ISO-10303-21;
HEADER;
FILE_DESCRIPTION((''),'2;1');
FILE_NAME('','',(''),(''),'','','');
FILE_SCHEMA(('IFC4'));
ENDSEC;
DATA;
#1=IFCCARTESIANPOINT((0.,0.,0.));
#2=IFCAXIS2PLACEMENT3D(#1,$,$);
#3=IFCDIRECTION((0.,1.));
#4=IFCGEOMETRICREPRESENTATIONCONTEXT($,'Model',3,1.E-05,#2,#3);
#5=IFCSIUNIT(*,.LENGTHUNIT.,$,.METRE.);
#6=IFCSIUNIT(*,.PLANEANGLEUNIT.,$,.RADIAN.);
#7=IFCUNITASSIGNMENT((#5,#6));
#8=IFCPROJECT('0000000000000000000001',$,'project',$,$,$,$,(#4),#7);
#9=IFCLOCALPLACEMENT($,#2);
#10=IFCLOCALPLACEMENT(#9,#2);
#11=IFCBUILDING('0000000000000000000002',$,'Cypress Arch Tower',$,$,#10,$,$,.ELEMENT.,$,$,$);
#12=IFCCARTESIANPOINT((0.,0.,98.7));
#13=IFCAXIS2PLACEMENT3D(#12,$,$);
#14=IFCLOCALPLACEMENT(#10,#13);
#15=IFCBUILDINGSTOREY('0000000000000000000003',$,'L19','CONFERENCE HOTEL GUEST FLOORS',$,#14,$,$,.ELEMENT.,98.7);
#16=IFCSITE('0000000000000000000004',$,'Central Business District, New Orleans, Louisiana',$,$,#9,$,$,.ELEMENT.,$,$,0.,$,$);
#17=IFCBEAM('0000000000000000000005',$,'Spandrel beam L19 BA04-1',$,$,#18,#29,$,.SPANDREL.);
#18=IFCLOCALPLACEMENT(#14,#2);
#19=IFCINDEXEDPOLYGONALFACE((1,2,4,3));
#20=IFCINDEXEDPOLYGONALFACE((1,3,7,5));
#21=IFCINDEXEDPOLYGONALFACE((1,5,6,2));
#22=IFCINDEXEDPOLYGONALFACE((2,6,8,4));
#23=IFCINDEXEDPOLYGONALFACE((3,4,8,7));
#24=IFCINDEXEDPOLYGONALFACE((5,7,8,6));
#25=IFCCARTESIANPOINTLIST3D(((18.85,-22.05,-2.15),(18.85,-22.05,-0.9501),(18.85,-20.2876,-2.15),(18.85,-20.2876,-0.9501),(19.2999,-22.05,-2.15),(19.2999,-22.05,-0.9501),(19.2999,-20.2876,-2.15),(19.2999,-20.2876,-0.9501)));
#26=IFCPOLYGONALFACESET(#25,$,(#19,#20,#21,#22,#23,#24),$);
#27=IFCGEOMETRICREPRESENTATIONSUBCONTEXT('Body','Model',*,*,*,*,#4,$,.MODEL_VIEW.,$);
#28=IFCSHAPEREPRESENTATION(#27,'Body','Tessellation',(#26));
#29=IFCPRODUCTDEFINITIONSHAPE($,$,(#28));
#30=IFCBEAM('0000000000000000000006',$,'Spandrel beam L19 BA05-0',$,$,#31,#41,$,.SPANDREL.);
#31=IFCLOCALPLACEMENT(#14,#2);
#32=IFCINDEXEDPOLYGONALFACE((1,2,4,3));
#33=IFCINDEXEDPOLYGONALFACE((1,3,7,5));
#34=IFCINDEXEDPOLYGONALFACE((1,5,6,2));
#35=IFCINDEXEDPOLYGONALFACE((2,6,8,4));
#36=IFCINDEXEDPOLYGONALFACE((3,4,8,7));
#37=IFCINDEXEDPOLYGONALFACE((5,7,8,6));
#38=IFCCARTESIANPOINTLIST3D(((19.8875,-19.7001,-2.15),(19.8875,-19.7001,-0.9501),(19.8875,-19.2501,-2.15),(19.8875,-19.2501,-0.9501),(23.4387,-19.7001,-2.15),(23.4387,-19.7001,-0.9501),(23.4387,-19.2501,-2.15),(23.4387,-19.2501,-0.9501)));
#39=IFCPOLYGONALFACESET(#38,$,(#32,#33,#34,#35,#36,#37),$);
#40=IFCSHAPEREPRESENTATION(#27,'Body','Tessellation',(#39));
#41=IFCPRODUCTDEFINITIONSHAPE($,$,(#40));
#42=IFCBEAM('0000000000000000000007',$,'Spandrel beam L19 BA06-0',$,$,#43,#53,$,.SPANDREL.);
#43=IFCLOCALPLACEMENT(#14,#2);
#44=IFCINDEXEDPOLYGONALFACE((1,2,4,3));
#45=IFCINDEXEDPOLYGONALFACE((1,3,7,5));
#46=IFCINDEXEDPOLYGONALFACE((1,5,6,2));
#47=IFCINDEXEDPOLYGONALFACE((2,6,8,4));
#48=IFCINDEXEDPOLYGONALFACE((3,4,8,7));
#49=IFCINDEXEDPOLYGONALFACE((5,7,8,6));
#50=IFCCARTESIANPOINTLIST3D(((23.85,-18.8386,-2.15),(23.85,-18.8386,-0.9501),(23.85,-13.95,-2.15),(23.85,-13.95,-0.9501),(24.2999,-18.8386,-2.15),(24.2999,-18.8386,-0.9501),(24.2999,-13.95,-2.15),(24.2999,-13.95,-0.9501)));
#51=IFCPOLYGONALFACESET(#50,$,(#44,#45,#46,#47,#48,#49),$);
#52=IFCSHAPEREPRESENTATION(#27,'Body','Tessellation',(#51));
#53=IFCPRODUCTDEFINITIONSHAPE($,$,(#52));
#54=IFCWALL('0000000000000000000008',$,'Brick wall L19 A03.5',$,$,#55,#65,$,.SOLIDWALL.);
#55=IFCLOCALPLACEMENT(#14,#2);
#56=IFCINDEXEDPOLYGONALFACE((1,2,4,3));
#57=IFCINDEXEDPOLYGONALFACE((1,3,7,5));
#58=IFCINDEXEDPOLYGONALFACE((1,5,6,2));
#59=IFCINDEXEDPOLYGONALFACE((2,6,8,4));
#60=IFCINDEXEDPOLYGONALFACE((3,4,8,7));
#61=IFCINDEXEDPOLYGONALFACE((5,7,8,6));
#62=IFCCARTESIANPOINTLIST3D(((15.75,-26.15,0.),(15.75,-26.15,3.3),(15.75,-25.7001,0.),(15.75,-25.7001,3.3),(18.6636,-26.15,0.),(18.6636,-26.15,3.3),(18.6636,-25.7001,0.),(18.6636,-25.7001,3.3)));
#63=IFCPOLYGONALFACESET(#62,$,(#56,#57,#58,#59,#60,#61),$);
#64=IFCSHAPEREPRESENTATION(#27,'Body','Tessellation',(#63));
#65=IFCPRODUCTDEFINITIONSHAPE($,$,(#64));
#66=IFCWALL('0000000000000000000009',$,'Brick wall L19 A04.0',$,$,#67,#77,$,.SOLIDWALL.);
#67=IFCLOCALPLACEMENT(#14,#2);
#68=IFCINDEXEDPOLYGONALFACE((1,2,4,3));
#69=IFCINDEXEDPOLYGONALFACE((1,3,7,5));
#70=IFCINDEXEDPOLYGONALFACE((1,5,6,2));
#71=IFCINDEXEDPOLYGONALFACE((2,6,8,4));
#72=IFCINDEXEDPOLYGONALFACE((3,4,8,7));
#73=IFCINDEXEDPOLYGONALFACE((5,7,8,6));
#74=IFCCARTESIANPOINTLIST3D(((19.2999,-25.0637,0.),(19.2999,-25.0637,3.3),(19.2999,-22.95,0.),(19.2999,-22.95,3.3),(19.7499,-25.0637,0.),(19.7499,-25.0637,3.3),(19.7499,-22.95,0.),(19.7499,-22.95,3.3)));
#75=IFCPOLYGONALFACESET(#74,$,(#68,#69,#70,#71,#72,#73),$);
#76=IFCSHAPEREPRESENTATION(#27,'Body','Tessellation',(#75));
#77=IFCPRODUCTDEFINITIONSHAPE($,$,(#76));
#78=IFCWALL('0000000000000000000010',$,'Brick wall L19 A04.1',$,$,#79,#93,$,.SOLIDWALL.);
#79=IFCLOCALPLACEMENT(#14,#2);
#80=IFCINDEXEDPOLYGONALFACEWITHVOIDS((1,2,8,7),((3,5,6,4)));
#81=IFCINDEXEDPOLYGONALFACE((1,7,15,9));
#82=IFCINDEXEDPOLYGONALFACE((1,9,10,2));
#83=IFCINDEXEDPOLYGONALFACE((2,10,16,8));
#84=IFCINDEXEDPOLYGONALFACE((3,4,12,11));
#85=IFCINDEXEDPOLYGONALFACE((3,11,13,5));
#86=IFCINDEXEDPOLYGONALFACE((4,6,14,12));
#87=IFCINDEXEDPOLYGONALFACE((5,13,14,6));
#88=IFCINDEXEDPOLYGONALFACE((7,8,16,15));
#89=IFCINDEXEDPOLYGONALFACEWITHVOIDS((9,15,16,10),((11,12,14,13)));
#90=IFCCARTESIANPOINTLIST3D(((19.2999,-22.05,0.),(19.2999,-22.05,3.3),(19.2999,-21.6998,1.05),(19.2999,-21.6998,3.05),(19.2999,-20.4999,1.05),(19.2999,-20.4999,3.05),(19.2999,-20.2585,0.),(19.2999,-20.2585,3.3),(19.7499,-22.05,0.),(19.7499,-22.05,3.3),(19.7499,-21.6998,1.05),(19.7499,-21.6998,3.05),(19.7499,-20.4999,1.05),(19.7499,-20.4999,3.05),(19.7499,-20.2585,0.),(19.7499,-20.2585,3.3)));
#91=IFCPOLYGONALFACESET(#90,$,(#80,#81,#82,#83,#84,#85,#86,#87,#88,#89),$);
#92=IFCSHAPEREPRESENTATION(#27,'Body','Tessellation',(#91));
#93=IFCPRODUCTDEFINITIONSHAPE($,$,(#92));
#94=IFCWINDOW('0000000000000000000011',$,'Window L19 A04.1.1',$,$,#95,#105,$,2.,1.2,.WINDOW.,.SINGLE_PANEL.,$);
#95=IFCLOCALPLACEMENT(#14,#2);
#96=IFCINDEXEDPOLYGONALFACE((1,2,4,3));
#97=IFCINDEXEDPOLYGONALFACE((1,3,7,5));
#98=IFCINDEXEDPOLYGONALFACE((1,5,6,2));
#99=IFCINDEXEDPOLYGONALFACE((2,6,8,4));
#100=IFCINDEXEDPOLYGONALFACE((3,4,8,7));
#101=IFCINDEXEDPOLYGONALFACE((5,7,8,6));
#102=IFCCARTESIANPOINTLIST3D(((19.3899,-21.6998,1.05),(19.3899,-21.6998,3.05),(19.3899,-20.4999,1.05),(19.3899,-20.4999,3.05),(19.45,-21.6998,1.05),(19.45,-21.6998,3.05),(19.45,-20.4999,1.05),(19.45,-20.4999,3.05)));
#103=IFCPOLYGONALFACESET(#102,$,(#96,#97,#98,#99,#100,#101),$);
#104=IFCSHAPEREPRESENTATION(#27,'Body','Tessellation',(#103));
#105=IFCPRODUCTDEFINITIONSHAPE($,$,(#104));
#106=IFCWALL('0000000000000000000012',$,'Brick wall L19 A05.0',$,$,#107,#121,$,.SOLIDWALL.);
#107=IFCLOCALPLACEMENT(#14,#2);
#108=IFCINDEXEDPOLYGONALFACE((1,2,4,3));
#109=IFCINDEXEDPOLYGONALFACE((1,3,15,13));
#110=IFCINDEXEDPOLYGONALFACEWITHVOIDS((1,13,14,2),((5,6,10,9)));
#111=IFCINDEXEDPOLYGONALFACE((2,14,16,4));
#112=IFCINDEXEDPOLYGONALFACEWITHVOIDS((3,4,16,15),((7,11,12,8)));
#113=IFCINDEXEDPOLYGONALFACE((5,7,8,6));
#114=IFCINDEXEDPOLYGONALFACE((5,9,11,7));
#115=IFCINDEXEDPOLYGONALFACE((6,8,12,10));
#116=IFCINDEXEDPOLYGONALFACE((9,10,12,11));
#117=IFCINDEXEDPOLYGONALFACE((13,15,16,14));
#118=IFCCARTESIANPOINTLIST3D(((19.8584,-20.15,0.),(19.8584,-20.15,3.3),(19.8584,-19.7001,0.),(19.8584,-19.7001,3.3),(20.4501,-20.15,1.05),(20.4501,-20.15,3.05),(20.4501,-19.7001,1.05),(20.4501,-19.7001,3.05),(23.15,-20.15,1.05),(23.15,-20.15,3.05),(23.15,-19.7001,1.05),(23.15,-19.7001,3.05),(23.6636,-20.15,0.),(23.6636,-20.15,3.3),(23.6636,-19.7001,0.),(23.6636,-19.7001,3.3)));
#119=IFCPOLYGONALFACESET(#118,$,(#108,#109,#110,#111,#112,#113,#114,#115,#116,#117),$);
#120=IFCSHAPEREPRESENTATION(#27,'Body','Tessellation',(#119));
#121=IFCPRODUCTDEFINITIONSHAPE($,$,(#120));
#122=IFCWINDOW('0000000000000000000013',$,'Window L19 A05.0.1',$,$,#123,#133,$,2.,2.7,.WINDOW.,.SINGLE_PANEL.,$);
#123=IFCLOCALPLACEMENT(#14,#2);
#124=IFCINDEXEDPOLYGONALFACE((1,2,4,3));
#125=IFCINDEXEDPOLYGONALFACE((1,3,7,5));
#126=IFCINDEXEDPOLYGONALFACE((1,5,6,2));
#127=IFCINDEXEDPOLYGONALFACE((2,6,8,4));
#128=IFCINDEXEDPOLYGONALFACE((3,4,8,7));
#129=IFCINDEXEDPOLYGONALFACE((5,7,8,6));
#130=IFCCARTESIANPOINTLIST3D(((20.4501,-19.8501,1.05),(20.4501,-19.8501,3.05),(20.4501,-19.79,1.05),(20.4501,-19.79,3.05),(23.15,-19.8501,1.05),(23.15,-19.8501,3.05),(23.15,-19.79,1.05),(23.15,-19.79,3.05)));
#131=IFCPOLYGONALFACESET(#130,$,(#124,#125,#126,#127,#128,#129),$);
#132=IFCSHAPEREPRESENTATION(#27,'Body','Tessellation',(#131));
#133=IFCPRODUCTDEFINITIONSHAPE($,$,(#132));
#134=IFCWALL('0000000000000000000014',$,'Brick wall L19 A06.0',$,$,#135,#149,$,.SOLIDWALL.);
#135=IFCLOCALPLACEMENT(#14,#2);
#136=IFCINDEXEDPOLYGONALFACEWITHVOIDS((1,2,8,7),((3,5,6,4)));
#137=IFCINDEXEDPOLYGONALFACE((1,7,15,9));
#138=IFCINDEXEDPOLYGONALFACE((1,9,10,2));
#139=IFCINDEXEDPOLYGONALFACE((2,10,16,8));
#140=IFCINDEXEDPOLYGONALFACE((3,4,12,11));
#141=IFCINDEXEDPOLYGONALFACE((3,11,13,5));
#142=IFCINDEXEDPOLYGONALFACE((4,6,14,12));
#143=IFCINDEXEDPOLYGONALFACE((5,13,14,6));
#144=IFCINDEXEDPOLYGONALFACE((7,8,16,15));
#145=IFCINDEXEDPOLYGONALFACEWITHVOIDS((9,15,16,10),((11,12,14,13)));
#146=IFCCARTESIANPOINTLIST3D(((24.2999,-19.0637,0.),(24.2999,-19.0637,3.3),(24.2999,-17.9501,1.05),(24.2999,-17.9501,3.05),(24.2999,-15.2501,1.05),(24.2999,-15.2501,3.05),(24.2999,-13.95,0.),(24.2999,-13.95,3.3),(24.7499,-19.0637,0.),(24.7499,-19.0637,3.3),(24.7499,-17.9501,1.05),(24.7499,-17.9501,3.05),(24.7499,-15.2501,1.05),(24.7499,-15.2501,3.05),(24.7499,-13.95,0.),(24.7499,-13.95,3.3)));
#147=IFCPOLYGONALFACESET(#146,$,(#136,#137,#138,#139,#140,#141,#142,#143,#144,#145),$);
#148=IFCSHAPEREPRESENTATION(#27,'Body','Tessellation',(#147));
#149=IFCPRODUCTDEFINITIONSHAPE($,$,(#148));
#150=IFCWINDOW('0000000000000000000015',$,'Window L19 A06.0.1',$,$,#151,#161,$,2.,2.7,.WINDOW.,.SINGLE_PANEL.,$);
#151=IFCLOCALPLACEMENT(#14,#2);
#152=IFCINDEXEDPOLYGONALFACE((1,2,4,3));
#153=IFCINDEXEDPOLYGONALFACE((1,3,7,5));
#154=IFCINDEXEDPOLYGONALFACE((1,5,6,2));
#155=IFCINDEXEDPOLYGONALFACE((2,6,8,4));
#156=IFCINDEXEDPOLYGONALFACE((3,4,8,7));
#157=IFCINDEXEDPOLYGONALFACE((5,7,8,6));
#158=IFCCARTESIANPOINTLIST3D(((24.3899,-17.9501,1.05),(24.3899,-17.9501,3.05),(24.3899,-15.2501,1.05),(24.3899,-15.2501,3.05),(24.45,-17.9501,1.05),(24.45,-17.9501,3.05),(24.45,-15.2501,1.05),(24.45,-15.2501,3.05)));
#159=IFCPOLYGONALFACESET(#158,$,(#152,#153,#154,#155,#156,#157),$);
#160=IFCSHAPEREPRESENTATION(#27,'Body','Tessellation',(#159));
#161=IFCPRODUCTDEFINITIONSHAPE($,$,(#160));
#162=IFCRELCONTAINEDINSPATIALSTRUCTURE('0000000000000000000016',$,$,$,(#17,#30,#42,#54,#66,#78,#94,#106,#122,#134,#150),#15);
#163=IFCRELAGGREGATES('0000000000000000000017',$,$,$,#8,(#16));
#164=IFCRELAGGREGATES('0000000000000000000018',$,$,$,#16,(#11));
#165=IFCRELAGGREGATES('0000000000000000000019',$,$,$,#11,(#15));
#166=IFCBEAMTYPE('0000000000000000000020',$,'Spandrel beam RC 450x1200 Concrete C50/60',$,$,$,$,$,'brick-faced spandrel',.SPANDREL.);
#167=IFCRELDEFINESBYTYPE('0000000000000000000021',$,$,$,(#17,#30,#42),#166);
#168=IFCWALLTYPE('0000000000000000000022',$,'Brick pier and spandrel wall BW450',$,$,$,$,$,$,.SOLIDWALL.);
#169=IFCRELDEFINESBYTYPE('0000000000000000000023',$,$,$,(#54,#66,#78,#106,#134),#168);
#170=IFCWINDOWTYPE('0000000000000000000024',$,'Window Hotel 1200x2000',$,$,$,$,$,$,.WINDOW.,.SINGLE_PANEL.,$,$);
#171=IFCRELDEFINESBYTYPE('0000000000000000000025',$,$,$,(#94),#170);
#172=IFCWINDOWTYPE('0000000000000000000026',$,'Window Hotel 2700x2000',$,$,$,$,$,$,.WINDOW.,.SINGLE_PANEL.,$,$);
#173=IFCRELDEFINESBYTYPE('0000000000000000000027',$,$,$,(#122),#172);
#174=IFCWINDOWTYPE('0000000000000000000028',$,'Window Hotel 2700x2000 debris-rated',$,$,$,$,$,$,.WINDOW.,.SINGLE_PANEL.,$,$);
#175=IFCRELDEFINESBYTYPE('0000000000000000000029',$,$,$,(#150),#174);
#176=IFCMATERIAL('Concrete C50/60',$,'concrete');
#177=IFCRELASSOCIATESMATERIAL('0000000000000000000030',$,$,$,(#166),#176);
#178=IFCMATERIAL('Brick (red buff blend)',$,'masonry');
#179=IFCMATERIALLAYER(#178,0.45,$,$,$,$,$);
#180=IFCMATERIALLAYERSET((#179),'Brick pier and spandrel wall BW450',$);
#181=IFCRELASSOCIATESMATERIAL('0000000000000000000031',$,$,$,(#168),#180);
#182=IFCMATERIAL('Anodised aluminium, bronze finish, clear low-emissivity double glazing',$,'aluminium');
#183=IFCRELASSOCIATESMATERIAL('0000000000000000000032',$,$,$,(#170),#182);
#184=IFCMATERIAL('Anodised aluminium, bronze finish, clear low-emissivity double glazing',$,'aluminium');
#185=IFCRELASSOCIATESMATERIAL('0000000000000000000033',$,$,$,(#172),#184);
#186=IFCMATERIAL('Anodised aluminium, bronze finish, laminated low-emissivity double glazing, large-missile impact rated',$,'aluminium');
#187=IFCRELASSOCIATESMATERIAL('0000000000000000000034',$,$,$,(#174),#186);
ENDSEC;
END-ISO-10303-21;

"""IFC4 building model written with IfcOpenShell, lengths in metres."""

from ifc_helpers import new_model, si_unit, direction, frame, frame_2d, origin, origin_2d, place, context, subcontext, project, spatial, rectangle, extrude, material, layer, layer_set, material_profile, profile_set, type_object, element, fill, save


model = new_model("IFC4")

# Units and contexts
model_context = context("Model", 3, precision=1e-05, world=origin(), true_north=direction((0.0, 1.0)))
body_context = subcontext(model_context, "Body", "Model", "MODEL_VIEW")
ifc_project = project(units=[si_unit("LENGTHUNIT", "METRE"), si_unit("PLANEANGLEUNIT", "RADIAN")], contexts=[model_context])

# Site, building, storey
site_placement = place(None, origin())
site = spatial("IfcSite", under=ifc_project, at=site_placement, Name="Central Business District, New Orleans, Louisiana", CompositionType="ELEMENT", RefElevation=0.0)
building_placement = place(site_placement, origin())
building = spatial("IfcBuilding", under=site, at=building_placement, Name="Cypress Arch Tower", CompositionType="ELEMENT")
storey_placement = place(building_placement, frame((0.0, 0.0, 98.7)))
storey = spatial("IfcBuildingStorey", under=building, at=storey_placement, Name="L19", Description="CONFERENCE HOTEL GUEST FLOORS", CompositionType="ELEMENT", Elevation=98.7)

# Beams
ifc_material_1 = material(Name="Concrete C50/60", Category="concrete")
ifc_material_profile_1 = material_profile(ifc_material_1, rectangle(XDim=0.45, YDim=1.2, at=origin_2d()), Name="RC 450x1200")
ifc_profile_set_1 = profile_set([ifc_material_profile_1], Name="Concrete C50/60")
beam_type_1 = type_object("IfcBeamType", Name="Spandrel beam RC 450x1200 Concrete C50/60", ElementType="brick-faced spandrel", PredefinedType="SPANDREL", material=ifc_profile_set_1)
beam_1_placement = place(storey_placement, frame((19.075, -22.05, -1.55), z_axis=(0.0, 1.0, 0.0), x_axis=(-1.0, 0.0, 0.0)))
element("IfcBeam", 1, at=beam_1_placement, inside=storey, type_object=beam_type_1, Name="Spandrel beam L19 BA04-1", PredefinedType="SPANDREL", context=body_context, shape_type="SweptSolid", body=[
    extrude(rectangle(XDim=0.45, YDim=1.2, at=origin_2d()), origin(), (0.0, 0.0, 1.0), 1.7625),
])
beam_2_placement = place(storey_placement, frame((19.8875, -19.4751, -1.55), z_axis=(1.0, 0.0, 0.0), x_axis=(0.0, 1.0, 0.0)))
element("IfcBeam", 2, at=beam_2_placement, inside=storey, type_object=beam_type_1, Name="Spandrel beam L19 BA05-0", PredefinedType="SPANDREL", context=body_context, shape_type="SweptSolid", body=[
    extrude(rectangle(XDim=0.45, YDim=1.2, at=origin_2d()), origin(), (0.0, 0.0, 1.0), 3.5513),
])
beam_3_placement = place(storey_placement, frame((24.075, -18.8386, -1.55), z_axis=(0.0, 1.0, 0.0), x_axis=(-1.0, 0.0, 0.0)))
element("IfcBeam", 3, at=beam_3_placement, inside=storey, type_object=beam_type_1, Name="Spandrel beam L19 BA06-0", PredefinedType="SPANDREL", context=body_context, shape_type="SweptSolid", body=[
    extrude(rectangle(XDim=0.45, YDim=1.2, at=origin_2d()), origin(), (0.0, 0.0, 1.0), 4.8887),
])

# Walls
ifc_material_2 = material(Name="Brick (red buff blend)", Category="masonry")
ifc_layer_1 = layer(ifc_material_2, 0.45)
ifc_layer_set_1 = layer_set([ifc_layer_1], Name="Brick pier and spandrel wall BW450")
wall_type_1 = type_object("IfcWallType", Name="Brick pier and spandrel wall BW450", PredefinedType="SOLIDWALL", material=ifc_layer_set_1)
wall_1_placement = place(storey_placement, frame((15.75, -25.925, 0.0), z_axis=(0.0, 0.0, 1.0), x_axis=(1.0, 0.0, 0.0)))
element("IfcWall", 4, at=wall_1_placement, inside=storey, type_object=wall_type_1, Name="Brick wall L19 A03.5", PredefinedType="SOLIDWALL", context=body_context, shape_type="SweptSolid", body=[
    extrude(rectangle(XDim=2.9136, YDim=0.45, at=frame_2d((1.4568, 0.0))), origin(), (0.0, 0.0, 1.0), 3.3),
])
wall_2_placement = place(storey_placement, frame((19.5249, -25.0637, 0.0), z_axis=(0.0, 0.0, 1.0), x_axis=(0.0, 1.0, 0.0)))
element("IfcWall", 5, at=wall_2_placement, inside=storey, type_object=wall_type_1, Name="Brick wall L19 A04.0", PredefinedType="SOLIDWALL", context=body_context, shape_type="SweptSolid", body=[
    extrude(rectangle(XDim=2.1138, YDim=0.45, at=frame_2d((1.0569, 0.0))), origin(), (0.0, 0.0, 1.0), 3.3),
])

# Walls, openings, windows
wall_3_placement = place(storey_placement, frame((19.5249, -22.05, 0.0), z_axis=(0.0, 0.0, 1.0), x_axis=(0.0, 1.0, 0.0)))
wall_3 = element("IfcWall", 6, at=wall_3_placement, inside=storey, type_object=wall_type_1, Name="Brick wall L19 A04.1", PredefinedType="SOLIDWALL", context=body_context, shape_type="SweptSolid", body=[
    extrude(rectangle(XDim=1.7915, YDim=0.45, at=frame_2d((0.8958, 0.0))), origin(), (0.0, 0.0, 1.0), 3.3),
])
opening_1_placement = place(wall_3_placement, frame((0.3501, 0.0, 1.05)))
opening_1 = element("IfcOpeningElement", 7, at=opening_1_placement, cuts=wall_3, PredefinedType="OPENING", context=body_context, shape_type="SweptSolid", body=[
    extrude(rectangle(XDim=1.2, YDim=2.0, at=frame_2d((0.6001, 1.0))), frame((0.0, 0.2349, 0.0), z_axis=(0.0, -1.0, 0.0), x_axis=(1.0, 0.0, 0.0)), (0.0, 0.0, 1.0), 0.47),
])
ifc_material_3 = material(Name="Anodised aluminium, bronze finish, clear low-emissivity double glazing", Category="aluminium")
window_type_1 = type_object("IfcWindowType", Name="Window Hotel 1200x2000", PartitioningType="SINGLE_PANEL", PredefinedType="WINDOW", material=ifc_material_3)
window_1_placement = place(opening_1_placement, origin())
window_1 = element("IfcWindow", 8, at=window_1_placement, inside=storey, type_object=window_type_1, Name="Window L19 A04.1.1", OverallHeight=2.0, OverallWidth=1.2, PartitioningType="SINGLE_PANEL", PredefinedType="WINDOW", context=body_context, shape_type="SweptSolid", body=[
    extrude(rectangle(XDim=1.2, YDim=2.0, at=frame_2d((0.6001, 1.0))), frame((0.0, 0.135, 0.0), z_axis=(0.0, -1.0, 0.0), x_axis=(1.0, 0.0, 0.0)), (0.0, 0.0, 1.0), 0.0601),
])
fill(opening_1, window_1)
wall_4_placement = place(storey_placement, frame((19.8584, -19.925, 0.0), z_axis=(0.0, 0.0, 1.0), x_axis=(1.0, 0.0, 0.0)))
wall_4 = element("IfcWall", 9, at=wall_4_placement, inside=storey, type_object=wall_type_1, Name="Brick wall L19 A05.0", PredefinedType="SOLIDWALL", context=body_context, shape_type="SweptSolid", body=[
    extrude(rectangle(XDim=3.8052, YDim=0.45, at=frame_2d((1.9026, 0.0))), origin(), (0.0, 0.0, 1.0), 3.3),
])
opening_2_placement = place(wall_4_placement, frame((0.5916, 0.0, 1.05)))
opening_2 = element("IfcOpeningElement", 10, at=opening_2_placement, cuts=wall_4, PredefinedType="OPENING", context=body_context, shape_type="SweptSolid", body=[
    extrude(rectangle(XDim=2.7, YDim=2.0, at=frame_2d((1.3501, 1.0))), frame((0.0, 0.2349, 0.0), z_axis=(0.0, -1.0, 0.0), x_axis=(1.0, 0.0, 0.0)), (0.0, 0.0, 1.0), 0.47),
])
ifc_material_4 = material(Name="Anodised aluminium, bronze finish, clear low-emissivity double glazing", Category="aluminium")
window_type_2 = type_object("IfcWindowType", Name="Window Hotel 2700x2000", PartitioningType="SINGLE_PANEL", PredefinedType="WINDOW", material=ifc_material_4)
window_2_placement = place(opening_2_placement, origin())
window_2 = element("IfcWindow", 11, at=window_2_placement, inside=storey, type_object=window_type_2, Name="Window L19 A05.0.1", OverallHeight=2.0, OverallWidth=2.7, PartitioningType="SINGLE_PANEL", PredefinedType="WINDOW", context=body_context, shape_type="SweptSolid", body=[
    extrude(rectangle(XDim=2.7, YDim=2.0, at=frame_2d((1.3501, 1.0))), frame((0.0, 0.135, 0.0), z_axis=(0.0, -1.0, 0.0), x_axis=(1.0, 0.0, 0.0)), (0.0, 0.0, 1.0), 0.0601),
])
fill(opening_2, window_2)
wall_5_placement = place(storey_placement, frame((24.5249, -19.0637, 0.0), z_axis=(0.0, 0.0, 1.0), x_axis=(0.0, 1.0, 0.0)))
wall_5 = element("IfcWall", 12, at=wall_5_placement, inside=storey, type_object=wall_type_1, Name="Brick wall L19 A06.0", PredefinedType="SOLIDWALL", context=body_context, shape_type="SweptSolid", body=[
    extrude(rectangle(XDim=5.1138, YDim=0.45, at=frame_2d((2.5569, 0.0))), origin(), (0.0, 0.0, 1.0), 3.3),
])
opening_3_placement = place(wall_5_placement, frame((1.1135, 0.0, 1.05)))
opening_3 = element("IfcOpeningElement", 13, at=opening_3_placement, cuts=wall_5, PredefinedType="OPENING", context=body_context, shape_type="SweptSolid", body=[
    extrude(rectangle(XDim=2.7, YDim=2.0, at=frame_2d((1.3501, 1.0))), frame((0.0, 0.2349, 0.0), z_axis=(0.0, -1.0, 0.0), x_axis=(1.0, 0.0, 0.0)), (0.0, 0.0, 1.0), 0.47),
])
ifc_material_5 = material(Name="Anodised aluminium, bronze finish, laminated low-emissivity double glazing, large-missile impact rated", Category="aluminium")
window_type_3 = type_object("IfcWindowType", Name="Window Hotel 2700x2000 debris-rated", PartitioningType="SINGLE_PANEL", PredefinedType="WINDOW", material=ifc_material_5)
window_3_placement = place(opening_3_placement, origin())
window_3 = element("IfcWindow", 14, at=window_3_placement, inside=storey, type_object=window_type_3, Name="Window L19 A06.0.1", OverallHeight=2.0, OverallWidth=2.7, PartitioningType="SINGLE_PANEL", PredefinedType="WINDOW", context=body_context, shape_type="SweptSolid", body=[
    extrude(rectangle(XDim=2.7, YDim=2.0, at=frame_2d((1.3501, 1.0))), frame((0.0, 0.135, 0.0), z_axis=(0.0, -1.0, 0.0), x_axis=(1.0, 0.0, 0.0)), (0.0, 0.0, 1.0), 0.0601),
])
fill(opening_3, window_3)

save(model, "model.ifc")
